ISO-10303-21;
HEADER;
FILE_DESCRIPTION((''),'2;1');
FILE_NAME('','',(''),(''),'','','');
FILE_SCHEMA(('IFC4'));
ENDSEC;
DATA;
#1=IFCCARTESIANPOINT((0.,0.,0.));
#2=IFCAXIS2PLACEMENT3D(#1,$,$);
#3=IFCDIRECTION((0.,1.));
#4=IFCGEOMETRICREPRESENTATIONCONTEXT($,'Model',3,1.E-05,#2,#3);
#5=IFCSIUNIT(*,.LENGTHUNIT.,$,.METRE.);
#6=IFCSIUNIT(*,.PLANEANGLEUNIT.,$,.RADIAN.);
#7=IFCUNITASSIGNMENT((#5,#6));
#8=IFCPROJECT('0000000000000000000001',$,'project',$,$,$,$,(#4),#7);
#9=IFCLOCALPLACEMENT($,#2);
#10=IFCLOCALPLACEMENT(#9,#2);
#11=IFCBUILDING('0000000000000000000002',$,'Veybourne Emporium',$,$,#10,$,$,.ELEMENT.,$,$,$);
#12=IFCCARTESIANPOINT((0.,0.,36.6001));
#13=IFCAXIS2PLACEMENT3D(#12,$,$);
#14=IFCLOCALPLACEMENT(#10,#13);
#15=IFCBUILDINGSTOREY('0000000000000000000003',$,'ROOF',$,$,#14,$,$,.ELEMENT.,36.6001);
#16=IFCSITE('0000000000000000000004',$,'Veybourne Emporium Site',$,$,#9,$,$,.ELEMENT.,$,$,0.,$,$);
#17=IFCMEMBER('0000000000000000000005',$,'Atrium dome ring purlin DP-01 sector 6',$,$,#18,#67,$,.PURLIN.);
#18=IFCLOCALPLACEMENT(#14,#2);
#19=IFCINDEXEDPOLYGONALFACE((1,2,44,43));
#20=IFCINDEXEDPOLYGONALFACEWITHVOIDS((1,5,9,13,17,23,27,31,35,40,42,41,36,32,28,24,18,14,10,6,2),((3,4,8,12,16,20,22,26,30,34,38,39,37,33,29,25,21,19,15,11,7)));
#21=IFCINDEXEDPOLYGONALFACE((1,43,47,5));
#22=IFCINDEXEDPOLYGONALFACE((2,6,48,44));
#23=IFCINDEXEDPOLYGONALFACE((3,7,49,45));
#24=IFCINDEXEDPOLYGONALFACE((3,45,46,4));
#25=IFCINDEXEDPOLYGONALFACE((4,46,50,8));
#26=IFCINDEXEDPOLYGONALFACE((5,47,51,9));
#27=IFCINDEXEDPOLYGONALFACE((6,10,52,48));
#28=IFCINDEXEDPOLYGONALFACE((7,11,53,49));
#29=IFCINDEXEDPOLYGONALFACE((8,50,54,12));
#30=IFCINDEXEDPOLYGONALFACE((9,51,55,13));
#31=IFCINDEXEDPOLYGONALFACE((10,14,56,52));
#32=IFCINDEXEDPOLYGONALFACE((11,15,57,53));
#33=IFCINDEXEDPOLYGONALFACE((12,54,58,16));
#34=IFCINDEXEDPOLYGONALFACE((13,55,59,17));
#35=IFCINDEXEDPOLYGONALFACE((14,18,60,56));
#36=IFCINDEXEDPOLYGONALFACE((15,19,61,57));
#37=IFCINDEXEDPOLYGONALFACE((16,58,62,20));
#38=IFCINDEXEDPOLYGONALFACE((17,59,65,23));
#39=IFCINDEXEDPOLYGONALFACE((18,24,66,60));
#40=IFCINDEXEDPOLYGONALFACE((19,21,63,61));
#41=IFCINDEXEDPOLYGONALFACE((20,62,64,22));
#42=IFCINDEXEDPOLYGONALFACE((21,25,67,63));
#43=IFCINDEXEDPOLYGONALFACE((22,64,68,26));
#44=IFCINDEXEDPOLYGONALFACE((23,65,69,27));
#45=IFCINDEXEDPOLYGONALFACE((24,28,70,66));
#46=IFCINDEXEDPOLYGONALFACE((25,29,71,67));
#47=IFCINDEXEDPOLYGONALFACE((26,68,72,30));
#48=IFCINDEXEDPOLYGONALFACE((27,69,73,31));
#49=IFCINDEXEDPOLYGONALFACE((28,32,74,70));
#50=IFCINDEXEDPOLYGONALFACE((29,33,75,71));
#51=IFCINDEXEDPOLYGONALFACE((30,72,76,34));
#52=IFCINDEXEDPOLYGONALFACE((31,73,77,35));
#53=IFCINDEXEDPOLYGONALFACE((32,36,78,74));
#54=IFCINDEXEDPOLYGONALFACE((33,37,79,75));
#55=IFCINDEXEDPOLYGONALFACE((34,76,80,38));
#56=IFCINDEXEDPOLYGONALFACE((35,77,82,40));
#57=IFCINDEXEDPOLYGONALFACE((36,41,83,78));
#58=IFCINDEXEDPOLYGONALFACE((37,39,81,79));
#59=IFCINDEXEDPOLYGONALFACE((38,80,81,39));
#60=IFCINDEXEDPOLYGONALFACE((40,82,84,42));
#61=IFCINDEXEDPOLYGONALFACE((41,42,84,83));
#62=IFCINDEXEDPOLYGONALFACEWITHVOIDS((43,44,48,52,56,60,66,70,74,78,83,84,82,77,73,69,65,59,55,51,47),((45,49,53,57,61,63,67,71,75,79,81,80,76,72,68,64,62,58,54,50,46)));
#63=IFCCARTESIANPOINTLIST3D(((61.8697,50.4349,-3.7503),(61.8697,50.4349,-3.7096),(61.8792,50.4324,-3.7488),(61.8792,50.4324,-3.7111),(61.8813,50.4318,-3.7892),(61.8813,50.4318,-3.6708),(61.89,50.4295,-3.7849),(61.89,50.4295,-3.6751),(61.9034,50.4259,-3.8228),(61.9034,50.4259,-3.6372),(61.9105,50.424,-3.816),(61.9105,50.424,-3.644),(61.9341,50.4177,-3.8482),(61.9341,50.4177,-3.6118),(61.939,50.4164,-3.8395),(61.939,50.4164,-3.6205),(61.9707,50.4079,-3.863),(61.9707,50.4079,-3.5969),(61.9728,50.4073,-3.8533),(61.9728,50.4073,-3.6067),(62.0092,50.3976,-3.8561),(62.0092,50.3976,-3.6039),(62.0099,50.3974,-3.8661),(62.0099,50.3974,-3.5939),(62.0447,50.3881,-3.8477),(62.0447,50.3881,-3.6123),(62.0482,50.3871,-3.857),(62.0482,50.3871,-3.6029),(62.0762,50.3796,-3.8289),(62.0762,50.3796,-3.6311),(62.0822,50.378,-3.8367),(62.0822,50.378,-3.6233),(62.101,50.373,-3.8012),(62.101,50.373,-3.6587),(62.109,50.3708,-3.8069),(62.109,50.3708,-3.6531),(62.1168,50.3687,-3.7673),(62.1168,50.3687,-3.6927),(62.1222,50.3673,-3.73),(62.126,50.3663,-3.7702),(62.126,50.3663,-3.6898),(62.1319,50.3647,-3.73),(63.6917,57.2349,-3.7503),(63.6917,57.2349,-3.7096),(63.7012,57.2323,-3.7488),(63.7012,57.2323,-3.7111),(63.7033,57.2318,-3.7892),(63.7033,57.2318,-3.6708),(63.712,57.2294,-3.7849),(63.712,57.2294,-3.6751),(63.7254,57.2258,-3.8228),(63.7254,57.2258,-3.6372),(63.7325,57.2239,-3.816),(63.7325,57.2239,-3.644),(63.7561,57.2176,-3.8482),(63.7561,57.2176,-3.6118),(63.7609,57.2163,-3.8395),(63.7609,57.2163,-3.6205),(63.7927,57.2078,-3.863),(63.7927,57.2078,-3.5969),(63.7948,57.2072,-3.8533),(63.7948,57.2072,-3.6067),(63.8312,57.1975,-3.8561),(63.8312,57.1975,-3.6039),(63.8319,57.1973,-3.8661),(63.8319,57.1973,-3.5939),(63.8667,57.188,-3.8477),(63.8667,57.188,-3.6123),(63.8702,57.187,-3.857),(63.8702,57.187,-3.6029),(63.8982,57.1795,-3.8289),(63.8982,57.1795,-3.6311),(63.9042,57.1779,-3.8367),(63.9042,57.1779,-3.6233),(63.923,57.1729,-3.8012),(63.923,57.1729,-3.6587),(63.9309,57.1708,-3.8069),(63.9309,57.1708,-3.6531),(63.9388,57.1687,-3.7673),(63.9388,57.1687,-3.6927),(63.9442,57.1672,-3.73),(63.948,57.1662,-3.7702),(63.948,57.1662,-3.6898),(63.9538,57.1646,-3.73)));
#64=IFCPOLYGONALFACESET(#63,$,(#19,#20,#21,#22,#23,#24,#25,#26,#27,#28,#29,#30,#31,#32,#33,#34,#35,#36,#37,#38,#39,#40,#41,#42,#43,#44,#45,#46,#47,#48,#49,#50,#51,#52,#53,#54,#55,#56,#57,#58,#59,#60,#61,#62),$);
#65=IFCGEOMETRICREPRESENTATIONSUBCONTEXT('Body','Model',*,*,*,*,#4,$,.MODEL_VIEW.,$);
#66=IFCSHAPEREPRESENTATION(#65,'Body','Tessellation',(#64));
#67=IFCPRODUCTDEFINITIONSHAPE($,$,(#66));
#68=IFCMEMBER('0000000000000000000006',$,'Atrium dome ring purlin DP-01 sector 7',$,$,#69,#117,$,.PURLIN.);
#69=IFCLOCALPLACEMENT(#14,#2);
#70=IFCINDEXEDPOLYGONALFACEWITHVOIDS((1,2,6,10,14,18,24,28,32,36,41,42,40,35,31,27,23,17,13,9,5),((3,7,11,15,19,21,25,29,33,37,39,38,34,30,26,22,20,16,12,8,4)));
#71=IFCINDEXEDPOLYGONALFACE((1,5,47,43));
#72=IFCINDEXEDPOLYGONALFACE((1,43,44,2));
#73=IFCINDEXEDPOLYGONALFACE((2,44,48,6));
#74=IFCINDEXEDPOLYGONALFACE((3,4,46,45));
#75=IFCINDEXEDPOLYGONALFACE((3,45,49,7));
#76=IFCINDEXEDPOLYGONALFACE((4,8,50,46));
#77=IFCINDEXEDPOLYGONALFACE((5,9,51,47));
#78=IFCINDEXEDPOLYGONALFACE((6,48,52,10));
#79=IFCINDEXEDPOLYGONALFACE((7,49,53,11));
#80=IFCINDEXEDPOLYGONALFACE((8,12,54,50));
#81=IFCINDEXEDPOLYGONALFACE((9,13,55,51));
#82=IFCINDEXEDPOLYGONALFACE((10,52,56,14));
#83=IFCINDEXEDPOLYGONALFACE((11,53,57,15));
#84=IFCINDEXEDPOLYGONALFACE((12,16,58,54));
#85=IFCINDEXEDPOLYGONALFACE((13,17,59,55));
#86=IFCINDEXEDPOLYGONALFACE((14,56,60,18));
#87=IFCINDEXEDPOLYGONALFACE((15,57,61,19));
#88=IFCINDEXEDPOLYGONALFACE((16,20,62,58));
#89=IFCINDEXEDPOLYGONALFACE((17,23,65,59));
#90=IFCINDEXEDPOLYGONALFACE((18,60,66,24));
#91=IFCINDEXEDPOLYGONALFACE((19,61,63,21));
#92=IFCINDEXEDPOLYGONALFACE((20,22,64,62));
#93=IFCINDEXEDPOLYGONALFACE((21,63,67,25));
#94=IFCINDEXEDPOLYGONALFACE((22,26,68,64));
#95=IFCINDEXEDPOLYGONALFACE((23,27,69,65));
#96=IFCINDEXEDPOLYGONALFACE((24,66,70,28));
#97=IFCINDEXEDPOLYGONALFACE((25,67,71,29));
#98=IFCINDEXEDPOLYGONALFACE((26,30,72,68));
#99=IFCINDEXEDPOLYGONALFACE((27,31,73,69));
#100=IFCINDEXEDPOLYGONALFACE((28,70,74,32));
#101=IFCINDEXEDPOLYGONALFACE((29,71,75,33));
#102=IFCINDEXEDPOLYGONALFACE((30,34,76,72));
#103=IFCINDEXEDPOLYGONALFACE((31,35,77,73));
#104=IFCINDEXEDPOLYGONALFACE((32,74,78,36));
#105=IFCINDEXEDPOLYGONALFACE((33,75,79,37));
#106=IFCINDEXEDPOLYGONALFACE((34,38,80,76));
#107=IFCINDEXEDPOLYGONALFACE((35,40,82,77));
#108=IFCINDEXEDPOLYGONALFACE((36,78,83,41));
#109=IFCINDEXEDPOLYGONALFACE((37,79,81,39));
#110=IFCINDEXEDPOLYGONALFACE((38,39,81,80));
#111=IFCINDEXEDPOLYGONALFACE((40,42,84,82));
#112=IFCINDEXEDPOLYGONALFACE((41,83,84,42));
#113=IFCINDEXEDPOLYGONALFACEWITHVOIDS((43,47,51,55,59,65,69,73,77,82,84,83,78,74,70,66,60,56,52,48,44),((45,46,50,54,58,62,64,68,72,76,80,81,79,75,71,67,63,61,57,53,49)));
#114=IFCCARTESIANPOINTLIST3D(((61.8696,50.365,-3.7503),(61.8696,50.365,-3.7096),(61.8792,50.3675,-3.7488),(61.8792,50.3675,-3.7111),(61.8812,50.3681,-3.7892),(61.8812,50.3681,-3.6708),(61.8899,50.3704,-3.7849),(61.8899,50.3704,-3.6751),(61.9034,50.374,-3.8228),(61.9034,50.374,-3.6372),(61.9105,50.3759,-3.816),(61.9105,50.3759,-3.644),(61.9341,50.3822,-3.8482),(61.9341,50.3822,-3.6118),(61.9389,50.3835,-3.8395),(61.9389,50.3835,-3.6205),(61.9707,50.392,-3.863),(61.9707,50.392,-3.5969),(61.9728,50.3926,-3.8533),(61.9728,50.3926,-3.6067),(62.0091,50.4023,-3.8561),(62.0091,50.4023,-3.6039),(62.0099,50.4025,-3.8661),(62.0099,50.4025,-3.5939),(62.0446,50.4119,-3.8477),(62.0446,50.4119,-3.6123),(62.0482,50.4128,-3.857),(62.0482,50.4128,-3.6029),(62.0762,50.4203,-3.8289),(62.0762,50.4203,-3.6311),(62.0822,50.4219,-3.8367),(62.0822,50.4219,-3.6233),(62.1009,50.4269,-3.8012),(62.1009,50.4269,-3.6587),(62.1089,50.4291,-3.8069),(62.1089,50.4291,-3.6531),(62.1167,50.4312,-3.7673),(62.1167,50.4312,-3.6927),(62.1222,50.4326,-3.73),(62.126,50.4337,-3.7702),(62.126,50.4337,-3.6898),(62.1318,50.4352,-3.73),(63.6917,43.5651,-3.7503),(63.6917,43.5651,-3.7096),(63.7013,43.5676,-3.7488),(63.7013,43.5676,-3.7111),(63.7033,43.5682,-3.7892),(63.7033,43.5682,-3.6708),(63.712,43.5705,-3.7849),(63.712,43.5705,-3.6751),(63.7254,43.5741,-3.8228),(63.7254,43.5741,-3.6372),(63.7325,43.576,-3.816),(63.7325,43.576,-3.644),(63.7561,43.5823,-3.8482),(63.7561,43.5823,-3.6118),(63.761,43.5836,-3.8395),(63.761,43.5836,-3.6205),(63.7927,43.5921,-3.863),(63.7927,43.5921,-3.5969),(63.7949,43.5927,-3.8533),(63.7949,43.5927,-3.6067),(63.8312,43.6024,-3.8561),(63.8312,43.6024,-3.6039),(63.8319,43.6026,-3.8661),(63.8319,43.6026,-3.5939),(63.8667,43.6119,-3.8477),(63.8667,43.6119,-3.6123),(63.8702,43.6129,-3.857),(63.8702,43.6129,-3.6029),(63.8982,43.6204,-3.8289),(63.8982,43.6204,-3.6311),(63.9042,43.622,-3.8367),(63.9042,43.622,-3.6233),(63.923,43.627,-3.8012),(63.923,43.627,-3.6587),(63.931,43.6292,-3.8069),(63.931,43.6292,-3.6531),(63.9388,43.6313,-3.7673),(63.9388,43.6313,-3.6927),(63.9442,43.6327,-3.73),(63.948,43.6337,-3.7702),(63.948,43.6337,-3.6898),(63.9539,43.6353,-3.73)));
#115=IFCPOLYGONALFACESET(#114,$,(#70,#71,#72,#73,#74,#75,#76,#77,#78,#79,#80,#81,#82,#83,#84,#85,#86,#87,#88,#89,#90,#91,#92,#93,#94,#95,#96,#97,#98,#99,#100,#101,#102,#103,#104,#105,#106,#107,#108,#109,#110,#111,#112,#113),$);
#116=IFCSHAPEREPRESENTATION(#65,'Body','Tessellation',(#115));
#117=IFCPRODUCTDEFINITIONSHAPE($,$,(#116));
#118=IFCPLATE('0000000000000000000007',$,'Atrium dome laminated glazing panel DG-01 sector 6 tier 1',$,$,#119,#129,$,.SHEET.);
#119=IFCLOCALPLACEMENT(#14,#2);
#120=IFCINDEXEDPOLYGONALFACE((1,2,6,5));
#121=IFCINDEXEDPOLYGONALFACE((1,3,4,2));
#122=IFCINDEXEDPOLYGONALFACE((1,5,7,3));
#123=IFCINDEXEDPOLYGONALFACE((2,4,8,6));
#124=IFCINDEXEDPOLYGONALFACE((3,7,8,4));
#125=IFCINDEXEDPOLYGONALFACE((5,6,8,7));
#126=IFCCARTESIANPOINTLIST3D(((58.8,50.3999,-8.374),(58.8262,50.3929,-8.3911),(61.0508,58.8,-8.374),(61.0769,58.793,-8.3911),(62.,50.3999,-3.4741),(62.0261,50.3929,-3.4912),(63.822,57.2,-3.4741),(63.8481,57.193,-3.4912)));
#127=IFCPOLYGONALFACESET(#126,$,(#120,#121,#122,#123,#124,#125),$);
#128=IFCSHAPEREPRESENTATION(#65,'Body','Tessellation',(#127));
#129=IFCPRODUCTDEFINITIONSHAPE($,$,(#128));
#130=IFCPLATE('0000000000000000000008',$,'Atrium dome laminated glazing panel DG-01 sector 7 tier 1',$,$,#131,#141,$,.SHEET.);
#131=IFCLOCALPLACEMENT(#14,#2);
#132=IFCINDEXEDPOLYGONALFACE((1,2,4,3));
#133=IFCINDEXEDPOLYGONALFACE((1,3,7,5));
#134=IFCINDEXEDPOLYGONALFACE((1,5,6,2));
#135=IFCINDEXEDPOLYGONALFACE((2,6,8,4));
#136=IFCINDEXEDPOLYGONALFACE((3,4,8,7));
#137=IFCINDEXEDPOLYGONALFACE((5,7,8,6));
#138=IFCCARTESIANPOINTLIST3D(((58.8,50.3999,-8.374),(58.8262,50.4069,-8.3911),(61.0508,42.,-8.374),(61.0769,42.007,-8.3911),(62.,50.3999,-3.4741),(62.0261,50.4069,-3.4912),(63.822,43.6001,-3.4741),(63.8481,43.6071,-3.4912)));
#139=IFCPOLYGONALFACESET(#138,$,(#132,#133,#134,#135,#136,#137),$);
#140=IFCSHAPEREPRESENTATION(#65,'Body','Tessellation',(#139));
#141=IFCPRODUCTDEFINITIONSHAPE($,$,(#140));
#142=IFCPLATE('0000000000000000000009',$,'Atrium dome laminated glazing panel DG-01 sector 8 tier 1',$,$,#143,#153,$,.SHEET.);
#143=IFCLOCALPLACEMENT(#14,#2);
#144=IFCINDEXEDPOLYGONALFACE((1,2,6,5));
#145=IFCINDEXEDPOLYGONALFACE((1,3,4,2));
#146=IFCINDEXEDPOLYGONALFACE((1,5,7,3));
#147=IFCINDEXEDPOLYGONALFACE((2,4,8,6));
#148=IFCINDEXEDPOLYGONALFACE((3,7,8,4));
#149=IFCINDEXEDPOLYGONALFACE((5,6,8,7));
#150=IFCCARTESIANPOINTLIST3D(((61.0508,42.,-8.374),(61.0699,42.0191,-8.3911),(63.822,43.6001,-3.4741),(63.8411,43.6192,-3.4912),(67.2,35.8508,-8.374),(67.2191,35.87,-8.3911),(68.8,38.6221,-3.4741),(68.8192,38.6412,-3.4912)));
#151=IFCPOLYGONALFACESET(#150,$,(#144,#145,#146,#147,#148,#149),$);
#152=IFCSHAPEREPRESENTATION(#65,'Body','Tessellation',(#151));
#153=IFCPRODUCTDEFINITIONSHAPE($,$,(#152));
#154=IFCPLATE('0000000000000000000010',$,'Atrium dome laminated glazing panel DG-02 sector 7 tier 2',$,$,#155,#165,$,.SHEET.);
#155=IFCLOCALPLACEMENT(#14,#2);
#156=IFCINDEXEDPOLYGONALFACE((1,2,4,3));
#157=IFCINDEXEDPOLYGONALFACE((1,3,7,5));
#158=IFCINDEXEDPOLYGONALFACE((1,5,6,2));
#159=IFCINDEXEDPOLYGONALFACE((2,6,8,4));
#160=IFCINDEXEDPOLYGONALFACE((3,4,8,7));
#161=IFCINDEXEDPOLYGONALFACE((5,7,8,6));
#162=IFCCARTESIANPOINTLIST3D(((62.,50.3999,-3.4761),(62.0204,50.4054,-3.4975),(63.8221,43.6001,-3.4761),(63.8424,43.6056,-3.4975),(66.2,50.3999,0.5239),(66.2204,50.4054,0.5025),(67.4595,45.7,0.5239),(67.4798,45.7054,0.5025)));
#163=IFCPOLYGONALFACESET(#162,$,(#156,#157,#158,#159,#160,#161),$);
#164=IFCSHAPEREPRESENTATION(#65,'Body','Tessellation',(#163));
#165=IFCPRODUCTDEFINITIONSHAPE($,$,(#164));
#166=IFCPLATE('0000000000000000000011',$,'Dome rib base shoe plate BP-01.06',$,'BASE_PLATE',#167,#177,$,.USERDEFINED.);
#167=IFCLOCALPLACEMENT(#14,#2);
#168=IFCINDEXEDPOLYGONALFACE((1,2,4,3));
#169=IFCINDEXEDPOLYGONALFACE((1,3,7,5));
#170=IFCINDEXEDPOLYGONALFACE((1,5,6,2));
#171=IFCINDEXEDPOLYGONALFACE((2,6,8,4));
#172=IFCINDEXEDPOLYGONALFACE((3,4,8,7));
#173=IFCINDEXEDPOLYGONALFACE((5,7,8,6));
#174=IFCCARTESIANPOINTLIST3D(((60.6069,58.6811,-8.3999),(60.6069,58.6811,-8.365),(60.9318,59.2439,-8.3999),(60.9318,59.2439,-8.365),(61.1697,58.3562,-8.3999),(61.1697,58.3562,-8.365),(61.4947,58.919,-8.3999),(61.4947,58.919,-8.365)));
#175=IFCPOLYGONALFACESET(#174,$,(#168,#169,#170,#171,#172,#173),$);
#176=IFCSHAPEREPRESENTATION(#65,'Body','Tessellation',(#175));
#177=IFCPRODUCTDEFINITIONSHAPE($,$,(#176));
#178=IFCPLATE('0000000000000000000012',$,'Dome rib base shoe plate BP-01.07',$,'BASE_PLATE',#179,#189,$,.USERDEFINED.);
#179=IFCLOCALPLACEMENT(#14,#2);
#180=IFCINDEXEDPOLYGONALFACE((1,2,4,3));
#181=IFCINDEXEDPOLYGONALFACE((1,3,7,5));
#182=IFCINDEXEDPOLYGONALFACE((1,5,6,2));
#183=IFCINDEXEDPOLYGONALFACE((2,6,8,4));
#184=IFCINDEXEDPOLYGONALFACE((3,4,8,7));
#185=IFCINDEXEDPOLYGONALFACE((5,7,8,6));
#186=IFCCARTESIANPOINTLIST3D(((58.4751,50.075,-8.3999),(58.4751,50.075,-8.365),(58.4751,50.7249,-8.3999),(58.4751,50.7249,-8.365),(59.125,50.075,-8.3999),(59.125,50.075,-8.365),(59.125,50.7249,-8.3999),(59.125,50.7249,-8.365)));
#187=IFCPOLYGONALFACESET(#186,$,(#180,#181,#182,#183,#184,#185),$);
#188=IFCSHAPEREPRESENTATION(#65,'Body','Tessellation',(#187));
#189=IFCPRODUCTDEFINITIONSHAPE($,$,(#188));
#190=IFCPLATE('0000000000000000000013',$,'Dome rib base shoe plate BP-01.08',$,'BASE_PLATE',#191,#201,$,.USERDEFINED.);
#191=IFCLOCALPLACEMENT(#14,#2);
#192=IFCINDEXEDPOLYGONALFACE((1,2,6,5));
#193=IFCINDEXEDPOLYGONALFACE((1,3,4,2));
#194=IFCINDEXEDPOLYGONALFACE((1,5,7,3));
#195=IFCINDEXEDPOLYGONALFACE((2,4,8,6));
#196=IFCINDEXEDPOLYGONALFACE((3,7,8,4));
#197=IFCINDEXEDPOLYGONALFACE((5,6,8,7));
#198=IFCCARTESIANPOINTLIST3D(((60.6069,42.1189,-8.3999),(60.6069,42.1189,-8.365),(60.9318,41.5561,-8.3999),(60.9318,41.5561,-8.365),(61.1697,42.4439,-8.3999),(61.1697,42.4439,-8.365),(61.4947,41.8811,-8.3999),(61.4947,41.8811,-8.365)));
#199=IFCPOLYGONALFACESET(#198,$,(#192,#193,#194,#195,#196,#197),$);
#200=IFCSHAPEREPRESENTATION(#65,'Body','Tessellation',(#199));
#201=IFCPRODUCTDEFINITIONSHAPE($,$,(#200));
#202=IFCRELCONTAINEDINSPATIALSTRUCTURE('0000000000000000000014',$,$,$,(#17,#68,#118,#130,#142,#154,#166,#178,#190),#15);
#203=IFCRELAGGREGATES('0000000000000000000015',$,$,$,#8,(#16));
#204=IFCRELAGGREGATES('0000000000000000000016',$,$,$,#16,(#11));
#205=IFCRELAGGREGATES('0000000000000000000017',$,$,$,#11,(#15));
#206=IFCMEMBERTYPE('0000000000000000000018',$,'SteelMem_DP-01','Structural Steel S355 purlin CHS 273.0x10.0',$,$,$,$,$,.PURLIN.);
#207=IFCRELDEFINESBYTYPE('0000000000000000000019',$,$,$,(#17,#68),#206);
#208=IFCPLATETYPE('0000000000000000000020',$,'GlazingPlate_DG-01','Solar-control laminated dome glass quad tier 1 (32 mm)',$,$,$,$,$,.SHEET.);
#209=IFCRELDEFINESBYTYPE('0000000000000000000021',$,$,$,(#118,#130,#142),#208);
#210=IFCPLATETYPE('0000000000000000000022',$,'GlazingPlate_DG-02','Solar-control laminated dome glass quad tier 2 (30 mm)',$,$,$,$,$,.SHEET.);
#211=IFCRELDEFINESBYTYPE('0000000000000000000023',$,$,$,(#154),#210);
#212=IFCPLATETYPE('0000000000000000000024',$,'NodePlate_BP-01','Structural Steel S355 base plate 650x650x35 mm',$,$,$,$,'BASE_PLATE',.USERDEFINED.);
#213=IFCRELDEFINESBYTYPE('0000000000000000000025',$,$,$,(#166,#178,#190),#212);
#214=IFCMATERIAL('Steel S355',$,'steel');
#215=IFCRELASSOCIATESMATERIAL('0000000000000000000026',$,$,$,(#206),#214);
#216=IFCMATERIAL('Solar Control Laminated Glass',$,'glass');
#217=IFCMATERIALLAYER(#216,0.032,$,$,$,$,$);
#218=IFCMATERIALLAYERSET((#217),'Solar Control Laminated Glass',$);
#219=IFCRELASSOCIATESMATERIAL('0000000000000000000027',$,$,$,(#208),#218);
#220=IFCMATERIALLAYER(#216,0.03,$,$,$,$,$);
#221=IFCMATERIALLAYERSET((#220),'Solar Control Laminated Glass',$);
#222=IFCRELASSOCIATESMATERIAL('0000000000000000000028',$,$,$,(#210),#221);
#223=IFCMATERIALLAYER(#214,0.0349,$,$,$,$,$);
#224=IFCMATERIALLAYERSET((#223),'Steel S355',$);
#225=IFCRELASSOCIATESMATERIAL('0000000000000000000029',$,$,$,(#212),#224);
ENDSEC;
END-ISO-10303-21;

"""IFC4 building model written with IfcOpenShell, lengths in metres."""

from ifc_helpers import new_model, si_unit, direction, frame, origin, origin_2d, place, context, subcontext, project, spatial, polyline, rectangle, hollow_circle, outline, extrude, material, layer, layer_set, material_profile, profile_set, type_object, element, save


model = new_model("IFC4")

# Units and contexts
model_context = context("Model", 3, precision=1e-05, world=origin(), true_north=direction((0.0, 1.0)))
body_context = subcontext(model_context, "Body", "Model", "MODEL_VIEW")
ifc_project = project(units=[si_unit("LENGTHUNIT", "METRE"), si_unit("PLANEANGLEUNIT", "RADIAN")], contexts=[model_context])

# Site, building, storey
site_placement = place(None, origin())
site = spatial("IfcSite", under=ifc_project, at=site_placement, Name="Veybourne Emporium Site", CompositionType="ELEMENT", RefElevation=0.0)
building_placement = place(site_placement, origin())
building = spatial("IfcBuilding", under=site, at=building_placement, Name="Veybourne Emporium", CompositionType="ELEMENT")
storey_placement = place(building_placement, frame((0.0, 0.0, 36.6001)))
storey = spatial("IfcBuildingStorey", under=building, at=storey_placement, Name="ROOF", CompositionType="ELEMENT", Elevation=36.6001)

# Shared definitions
ifc_material_1 = material(Name="Steel S355", Category="steel")

# Members
ifc_material_profile_1 = material_profile(ifc_material_1, hollow_circle(Radius=0.1365, WallThickness=0.01, at=origin_2d()), Name="CHS 273.0x10.0")
ifc_profile_set_1 = profile_set([ifc_material_profile_1], Name="Steel S355")
member_type = type_object("IfcMemberType", Name="SteelMem_DP-01", Description="Structural Steel S355 purlin CHS 273.0x10.0", PredefinedType="PURLIN", material=ifc_profile_set_1)
for number, where, z_axis, x_axis, name in (
    (1, (63.822, 57.2, -3.73), (-0.258813, -0.965927, 0.0), (0.965927, -0.258813, 0.0), "Atrium dome ring purlin DP-01 sector 6"),
    (2, (62.0, 50.3999, -3.73), (0.258822, -0.965925, 0.0), (0.965925, 0.258822, 0.0), "Atrium dome ring purlin DP-01 sector 7"),
):
    element("IfcMember", number, at=place(storey_placement, frame(where, z_axis=z_axis, x_axis=x_axis)), inside=storey, type_object=member_type, Name=name, PredefinedType="PURLIN", context=body_context, shape_type="SweptSolid", body=[
        extrude(hollow_circle(Radius=0.1365, WallThickness=0.01, at=origin_2d()), origin(), (0.0, 0.0, 1.0), 7.0398),
    ])

# Plates
ifc_material_2 = material(Name="Solar Control Laminated Glass", Category="glass")
ifc_layer_1 = layer(ifc_material_2, 0.032)
ifc_layer_set_1 = layer_set([ifc_layer_1], Name="Solar Control Laminated Glass")
plate_type_1 = type_object("IfcPlateType", Name="GlazingPlate_DG-01", Description="Solar-control laminated dome glass quad tier 1 (32 mm)", PredefinedType="SHEET", material=ifc_layer_set_1)
plate_1_placement = place(storey_placement, frame((61.0508, 58.8, -8.374), z_axis=(-0.816963, 0.218898, 0.533531), x_axis=(-0.258811, -0.965928, 0.000001)))
element("IfcPlate", 3, at=plate_1_placement, inside=storey, type_object=plate_type_1, Name="Atrium dome laminated glazing panel DG-01 sector 6 tier 1", PredefinedType="SHEET", context=body_context, shape_type="SweptSolid", body=[
    extrude(outline(polyline([(0.0, 0.0), (8.6965, 0.0), (7.8683, 5.7933), (0.8284, 5.7934), (0.0, 0.0)])), origin(), (0.0, 0.0, -1.0), 0.032),
])
plate_2_placement = place(storey_placement, frame((58.8, 50.3999, -8.374), z_axis=(-0.816961, -0.218904, 0.533531), x_axis=(0.258819, -0.965926, -0.000001)))
element("IfcPlate", 4, at=plate_2_placement, inside=storey, type_object=plate_type_1, Name="Atrium dome laminated glazing panel DG-01 sector 7 tier 1", PredefinedType="SHEET", context=body_context, shape_type="SweptSolid", body=[
    extrude(outline(polyline([(0.0, 0.0), (8.6962, 0.0), (7.8679, 5.7934), (0.8282, 5.7933), (0.0, 0.0)])), origin(), (0.0, 0.0, -1.0), 0.032),
])
plate_3_placement = place(storey_placement, frame((61.0508, 42.0, -8.374), z_axis=(-0.598053, -0.598053, 0.53354), x_axis=(0.707107, -0.707107, 0.0)))
element("IfcPlate", 5, at=plate_3_placement, inside=storey, type_object=plate_type_1, Name="Atrium dome laminated glazing panel DG-01 sector 8 tier 1", PredefinedType="SHEET", context=body_context, shape_type="SweptSolid", body=[
    extrude(outline(polyline([(0.0, 0.0), (8.6962, 0.0), (7.8681, 5.7934), (0.8281, 5.7934), (0.0, 0.0)])), origin(), (0.0, 0.0, -1.0), 0.032),
])
ifc_layer_2 = layer(ifc_material_2, 0.03)
ifc_layer_set_2 = layer_set([ifc_layer_2], Name="Solar Control Laminated Glass")
plate_type_2 = type_object("IfcPlateType", Name="GlazingPlate_DG-02", Description="Solar-control laminated dome glass quad tier 2 (30 mm)", PredefinedType="SHEET", material=ifc_layer_set_2)
plate_4_placement = place(storey_placement, frame((62.0, 50.3999, -3.4761), z_axis=(-0.678168, -0.181726, 0.712084), x_axis=(0.258828, -0.965923, -0.000006)))
element("IfcPlate", 6, at=plate_4_placement, inside=storey, type_object=plate_type_2, Name="Atrium dome laminated glazing panel DG-02 sector 7 tier 2", PredefinedType="SHEET", context=body_context, shape_type="SweptSolid", body=[
    extrude(outline(polyline([(0.0, 0.0), (7.0397, 0.0), (5.9528, 5.6973), (1.087, 5.6972), (0.0, 0.0)])), origin(), (0.0, 0.0, -1.0), 0.03),
])
ifc_layer_3 = layer(ifc_material_1, 0.0349)
ifc_layer_set_3 = layer_set([ifc_layer_3], Name="Steel S355")
plate_type_3 = type_object("IfcPlateType", Name="NodePlate_BP-01", Description="Structural Steel S355 base plate 650x650x35 mm", ElementType="BASE_PLATE", PredefinedType="USERDEFINED", material=ifc_layer_set_3)
for number, where, z_axis, x_axis, name in (
    (7, (61.0508, 58.8, -8.3999), (0.0, 0.0, 1.0), (-0.866025, 0.5, 0.0), "Dome rib base shoe plate BP-01.06"),
    (8, (58.8, 50.3999, -8.3999), (0.0, 0.0, 1.0), (-1.0, 0.0, 0.0), "Dome rib base shoe plate BP-01.07"),
    (9, (61.0508, 42.0, -8.3999), (0.0, 0.0, 1.0), (-0.866025, -0.5, 0.0), "Dome rib base shoe plate BP-01.08"),
):
    element("IfcPlate", number, at=place(storey_placement, frame(where, z_axis=z_axis, x_axis=x_axis)), inside=storey, type_object=plate_type_3, Name=name, ObjectType="BASE_PLATE", PredefinedType="USERDEFINED", context=body_context, shape_type="SweptSolid", body=[
        extrude(rectangle(XDim=0.6499, YDim=0.6499, at=origin_2d()), origin(), (0.0, 0.0, 1.0), 0.0349),
    ])

save(model, "model.ifc")
